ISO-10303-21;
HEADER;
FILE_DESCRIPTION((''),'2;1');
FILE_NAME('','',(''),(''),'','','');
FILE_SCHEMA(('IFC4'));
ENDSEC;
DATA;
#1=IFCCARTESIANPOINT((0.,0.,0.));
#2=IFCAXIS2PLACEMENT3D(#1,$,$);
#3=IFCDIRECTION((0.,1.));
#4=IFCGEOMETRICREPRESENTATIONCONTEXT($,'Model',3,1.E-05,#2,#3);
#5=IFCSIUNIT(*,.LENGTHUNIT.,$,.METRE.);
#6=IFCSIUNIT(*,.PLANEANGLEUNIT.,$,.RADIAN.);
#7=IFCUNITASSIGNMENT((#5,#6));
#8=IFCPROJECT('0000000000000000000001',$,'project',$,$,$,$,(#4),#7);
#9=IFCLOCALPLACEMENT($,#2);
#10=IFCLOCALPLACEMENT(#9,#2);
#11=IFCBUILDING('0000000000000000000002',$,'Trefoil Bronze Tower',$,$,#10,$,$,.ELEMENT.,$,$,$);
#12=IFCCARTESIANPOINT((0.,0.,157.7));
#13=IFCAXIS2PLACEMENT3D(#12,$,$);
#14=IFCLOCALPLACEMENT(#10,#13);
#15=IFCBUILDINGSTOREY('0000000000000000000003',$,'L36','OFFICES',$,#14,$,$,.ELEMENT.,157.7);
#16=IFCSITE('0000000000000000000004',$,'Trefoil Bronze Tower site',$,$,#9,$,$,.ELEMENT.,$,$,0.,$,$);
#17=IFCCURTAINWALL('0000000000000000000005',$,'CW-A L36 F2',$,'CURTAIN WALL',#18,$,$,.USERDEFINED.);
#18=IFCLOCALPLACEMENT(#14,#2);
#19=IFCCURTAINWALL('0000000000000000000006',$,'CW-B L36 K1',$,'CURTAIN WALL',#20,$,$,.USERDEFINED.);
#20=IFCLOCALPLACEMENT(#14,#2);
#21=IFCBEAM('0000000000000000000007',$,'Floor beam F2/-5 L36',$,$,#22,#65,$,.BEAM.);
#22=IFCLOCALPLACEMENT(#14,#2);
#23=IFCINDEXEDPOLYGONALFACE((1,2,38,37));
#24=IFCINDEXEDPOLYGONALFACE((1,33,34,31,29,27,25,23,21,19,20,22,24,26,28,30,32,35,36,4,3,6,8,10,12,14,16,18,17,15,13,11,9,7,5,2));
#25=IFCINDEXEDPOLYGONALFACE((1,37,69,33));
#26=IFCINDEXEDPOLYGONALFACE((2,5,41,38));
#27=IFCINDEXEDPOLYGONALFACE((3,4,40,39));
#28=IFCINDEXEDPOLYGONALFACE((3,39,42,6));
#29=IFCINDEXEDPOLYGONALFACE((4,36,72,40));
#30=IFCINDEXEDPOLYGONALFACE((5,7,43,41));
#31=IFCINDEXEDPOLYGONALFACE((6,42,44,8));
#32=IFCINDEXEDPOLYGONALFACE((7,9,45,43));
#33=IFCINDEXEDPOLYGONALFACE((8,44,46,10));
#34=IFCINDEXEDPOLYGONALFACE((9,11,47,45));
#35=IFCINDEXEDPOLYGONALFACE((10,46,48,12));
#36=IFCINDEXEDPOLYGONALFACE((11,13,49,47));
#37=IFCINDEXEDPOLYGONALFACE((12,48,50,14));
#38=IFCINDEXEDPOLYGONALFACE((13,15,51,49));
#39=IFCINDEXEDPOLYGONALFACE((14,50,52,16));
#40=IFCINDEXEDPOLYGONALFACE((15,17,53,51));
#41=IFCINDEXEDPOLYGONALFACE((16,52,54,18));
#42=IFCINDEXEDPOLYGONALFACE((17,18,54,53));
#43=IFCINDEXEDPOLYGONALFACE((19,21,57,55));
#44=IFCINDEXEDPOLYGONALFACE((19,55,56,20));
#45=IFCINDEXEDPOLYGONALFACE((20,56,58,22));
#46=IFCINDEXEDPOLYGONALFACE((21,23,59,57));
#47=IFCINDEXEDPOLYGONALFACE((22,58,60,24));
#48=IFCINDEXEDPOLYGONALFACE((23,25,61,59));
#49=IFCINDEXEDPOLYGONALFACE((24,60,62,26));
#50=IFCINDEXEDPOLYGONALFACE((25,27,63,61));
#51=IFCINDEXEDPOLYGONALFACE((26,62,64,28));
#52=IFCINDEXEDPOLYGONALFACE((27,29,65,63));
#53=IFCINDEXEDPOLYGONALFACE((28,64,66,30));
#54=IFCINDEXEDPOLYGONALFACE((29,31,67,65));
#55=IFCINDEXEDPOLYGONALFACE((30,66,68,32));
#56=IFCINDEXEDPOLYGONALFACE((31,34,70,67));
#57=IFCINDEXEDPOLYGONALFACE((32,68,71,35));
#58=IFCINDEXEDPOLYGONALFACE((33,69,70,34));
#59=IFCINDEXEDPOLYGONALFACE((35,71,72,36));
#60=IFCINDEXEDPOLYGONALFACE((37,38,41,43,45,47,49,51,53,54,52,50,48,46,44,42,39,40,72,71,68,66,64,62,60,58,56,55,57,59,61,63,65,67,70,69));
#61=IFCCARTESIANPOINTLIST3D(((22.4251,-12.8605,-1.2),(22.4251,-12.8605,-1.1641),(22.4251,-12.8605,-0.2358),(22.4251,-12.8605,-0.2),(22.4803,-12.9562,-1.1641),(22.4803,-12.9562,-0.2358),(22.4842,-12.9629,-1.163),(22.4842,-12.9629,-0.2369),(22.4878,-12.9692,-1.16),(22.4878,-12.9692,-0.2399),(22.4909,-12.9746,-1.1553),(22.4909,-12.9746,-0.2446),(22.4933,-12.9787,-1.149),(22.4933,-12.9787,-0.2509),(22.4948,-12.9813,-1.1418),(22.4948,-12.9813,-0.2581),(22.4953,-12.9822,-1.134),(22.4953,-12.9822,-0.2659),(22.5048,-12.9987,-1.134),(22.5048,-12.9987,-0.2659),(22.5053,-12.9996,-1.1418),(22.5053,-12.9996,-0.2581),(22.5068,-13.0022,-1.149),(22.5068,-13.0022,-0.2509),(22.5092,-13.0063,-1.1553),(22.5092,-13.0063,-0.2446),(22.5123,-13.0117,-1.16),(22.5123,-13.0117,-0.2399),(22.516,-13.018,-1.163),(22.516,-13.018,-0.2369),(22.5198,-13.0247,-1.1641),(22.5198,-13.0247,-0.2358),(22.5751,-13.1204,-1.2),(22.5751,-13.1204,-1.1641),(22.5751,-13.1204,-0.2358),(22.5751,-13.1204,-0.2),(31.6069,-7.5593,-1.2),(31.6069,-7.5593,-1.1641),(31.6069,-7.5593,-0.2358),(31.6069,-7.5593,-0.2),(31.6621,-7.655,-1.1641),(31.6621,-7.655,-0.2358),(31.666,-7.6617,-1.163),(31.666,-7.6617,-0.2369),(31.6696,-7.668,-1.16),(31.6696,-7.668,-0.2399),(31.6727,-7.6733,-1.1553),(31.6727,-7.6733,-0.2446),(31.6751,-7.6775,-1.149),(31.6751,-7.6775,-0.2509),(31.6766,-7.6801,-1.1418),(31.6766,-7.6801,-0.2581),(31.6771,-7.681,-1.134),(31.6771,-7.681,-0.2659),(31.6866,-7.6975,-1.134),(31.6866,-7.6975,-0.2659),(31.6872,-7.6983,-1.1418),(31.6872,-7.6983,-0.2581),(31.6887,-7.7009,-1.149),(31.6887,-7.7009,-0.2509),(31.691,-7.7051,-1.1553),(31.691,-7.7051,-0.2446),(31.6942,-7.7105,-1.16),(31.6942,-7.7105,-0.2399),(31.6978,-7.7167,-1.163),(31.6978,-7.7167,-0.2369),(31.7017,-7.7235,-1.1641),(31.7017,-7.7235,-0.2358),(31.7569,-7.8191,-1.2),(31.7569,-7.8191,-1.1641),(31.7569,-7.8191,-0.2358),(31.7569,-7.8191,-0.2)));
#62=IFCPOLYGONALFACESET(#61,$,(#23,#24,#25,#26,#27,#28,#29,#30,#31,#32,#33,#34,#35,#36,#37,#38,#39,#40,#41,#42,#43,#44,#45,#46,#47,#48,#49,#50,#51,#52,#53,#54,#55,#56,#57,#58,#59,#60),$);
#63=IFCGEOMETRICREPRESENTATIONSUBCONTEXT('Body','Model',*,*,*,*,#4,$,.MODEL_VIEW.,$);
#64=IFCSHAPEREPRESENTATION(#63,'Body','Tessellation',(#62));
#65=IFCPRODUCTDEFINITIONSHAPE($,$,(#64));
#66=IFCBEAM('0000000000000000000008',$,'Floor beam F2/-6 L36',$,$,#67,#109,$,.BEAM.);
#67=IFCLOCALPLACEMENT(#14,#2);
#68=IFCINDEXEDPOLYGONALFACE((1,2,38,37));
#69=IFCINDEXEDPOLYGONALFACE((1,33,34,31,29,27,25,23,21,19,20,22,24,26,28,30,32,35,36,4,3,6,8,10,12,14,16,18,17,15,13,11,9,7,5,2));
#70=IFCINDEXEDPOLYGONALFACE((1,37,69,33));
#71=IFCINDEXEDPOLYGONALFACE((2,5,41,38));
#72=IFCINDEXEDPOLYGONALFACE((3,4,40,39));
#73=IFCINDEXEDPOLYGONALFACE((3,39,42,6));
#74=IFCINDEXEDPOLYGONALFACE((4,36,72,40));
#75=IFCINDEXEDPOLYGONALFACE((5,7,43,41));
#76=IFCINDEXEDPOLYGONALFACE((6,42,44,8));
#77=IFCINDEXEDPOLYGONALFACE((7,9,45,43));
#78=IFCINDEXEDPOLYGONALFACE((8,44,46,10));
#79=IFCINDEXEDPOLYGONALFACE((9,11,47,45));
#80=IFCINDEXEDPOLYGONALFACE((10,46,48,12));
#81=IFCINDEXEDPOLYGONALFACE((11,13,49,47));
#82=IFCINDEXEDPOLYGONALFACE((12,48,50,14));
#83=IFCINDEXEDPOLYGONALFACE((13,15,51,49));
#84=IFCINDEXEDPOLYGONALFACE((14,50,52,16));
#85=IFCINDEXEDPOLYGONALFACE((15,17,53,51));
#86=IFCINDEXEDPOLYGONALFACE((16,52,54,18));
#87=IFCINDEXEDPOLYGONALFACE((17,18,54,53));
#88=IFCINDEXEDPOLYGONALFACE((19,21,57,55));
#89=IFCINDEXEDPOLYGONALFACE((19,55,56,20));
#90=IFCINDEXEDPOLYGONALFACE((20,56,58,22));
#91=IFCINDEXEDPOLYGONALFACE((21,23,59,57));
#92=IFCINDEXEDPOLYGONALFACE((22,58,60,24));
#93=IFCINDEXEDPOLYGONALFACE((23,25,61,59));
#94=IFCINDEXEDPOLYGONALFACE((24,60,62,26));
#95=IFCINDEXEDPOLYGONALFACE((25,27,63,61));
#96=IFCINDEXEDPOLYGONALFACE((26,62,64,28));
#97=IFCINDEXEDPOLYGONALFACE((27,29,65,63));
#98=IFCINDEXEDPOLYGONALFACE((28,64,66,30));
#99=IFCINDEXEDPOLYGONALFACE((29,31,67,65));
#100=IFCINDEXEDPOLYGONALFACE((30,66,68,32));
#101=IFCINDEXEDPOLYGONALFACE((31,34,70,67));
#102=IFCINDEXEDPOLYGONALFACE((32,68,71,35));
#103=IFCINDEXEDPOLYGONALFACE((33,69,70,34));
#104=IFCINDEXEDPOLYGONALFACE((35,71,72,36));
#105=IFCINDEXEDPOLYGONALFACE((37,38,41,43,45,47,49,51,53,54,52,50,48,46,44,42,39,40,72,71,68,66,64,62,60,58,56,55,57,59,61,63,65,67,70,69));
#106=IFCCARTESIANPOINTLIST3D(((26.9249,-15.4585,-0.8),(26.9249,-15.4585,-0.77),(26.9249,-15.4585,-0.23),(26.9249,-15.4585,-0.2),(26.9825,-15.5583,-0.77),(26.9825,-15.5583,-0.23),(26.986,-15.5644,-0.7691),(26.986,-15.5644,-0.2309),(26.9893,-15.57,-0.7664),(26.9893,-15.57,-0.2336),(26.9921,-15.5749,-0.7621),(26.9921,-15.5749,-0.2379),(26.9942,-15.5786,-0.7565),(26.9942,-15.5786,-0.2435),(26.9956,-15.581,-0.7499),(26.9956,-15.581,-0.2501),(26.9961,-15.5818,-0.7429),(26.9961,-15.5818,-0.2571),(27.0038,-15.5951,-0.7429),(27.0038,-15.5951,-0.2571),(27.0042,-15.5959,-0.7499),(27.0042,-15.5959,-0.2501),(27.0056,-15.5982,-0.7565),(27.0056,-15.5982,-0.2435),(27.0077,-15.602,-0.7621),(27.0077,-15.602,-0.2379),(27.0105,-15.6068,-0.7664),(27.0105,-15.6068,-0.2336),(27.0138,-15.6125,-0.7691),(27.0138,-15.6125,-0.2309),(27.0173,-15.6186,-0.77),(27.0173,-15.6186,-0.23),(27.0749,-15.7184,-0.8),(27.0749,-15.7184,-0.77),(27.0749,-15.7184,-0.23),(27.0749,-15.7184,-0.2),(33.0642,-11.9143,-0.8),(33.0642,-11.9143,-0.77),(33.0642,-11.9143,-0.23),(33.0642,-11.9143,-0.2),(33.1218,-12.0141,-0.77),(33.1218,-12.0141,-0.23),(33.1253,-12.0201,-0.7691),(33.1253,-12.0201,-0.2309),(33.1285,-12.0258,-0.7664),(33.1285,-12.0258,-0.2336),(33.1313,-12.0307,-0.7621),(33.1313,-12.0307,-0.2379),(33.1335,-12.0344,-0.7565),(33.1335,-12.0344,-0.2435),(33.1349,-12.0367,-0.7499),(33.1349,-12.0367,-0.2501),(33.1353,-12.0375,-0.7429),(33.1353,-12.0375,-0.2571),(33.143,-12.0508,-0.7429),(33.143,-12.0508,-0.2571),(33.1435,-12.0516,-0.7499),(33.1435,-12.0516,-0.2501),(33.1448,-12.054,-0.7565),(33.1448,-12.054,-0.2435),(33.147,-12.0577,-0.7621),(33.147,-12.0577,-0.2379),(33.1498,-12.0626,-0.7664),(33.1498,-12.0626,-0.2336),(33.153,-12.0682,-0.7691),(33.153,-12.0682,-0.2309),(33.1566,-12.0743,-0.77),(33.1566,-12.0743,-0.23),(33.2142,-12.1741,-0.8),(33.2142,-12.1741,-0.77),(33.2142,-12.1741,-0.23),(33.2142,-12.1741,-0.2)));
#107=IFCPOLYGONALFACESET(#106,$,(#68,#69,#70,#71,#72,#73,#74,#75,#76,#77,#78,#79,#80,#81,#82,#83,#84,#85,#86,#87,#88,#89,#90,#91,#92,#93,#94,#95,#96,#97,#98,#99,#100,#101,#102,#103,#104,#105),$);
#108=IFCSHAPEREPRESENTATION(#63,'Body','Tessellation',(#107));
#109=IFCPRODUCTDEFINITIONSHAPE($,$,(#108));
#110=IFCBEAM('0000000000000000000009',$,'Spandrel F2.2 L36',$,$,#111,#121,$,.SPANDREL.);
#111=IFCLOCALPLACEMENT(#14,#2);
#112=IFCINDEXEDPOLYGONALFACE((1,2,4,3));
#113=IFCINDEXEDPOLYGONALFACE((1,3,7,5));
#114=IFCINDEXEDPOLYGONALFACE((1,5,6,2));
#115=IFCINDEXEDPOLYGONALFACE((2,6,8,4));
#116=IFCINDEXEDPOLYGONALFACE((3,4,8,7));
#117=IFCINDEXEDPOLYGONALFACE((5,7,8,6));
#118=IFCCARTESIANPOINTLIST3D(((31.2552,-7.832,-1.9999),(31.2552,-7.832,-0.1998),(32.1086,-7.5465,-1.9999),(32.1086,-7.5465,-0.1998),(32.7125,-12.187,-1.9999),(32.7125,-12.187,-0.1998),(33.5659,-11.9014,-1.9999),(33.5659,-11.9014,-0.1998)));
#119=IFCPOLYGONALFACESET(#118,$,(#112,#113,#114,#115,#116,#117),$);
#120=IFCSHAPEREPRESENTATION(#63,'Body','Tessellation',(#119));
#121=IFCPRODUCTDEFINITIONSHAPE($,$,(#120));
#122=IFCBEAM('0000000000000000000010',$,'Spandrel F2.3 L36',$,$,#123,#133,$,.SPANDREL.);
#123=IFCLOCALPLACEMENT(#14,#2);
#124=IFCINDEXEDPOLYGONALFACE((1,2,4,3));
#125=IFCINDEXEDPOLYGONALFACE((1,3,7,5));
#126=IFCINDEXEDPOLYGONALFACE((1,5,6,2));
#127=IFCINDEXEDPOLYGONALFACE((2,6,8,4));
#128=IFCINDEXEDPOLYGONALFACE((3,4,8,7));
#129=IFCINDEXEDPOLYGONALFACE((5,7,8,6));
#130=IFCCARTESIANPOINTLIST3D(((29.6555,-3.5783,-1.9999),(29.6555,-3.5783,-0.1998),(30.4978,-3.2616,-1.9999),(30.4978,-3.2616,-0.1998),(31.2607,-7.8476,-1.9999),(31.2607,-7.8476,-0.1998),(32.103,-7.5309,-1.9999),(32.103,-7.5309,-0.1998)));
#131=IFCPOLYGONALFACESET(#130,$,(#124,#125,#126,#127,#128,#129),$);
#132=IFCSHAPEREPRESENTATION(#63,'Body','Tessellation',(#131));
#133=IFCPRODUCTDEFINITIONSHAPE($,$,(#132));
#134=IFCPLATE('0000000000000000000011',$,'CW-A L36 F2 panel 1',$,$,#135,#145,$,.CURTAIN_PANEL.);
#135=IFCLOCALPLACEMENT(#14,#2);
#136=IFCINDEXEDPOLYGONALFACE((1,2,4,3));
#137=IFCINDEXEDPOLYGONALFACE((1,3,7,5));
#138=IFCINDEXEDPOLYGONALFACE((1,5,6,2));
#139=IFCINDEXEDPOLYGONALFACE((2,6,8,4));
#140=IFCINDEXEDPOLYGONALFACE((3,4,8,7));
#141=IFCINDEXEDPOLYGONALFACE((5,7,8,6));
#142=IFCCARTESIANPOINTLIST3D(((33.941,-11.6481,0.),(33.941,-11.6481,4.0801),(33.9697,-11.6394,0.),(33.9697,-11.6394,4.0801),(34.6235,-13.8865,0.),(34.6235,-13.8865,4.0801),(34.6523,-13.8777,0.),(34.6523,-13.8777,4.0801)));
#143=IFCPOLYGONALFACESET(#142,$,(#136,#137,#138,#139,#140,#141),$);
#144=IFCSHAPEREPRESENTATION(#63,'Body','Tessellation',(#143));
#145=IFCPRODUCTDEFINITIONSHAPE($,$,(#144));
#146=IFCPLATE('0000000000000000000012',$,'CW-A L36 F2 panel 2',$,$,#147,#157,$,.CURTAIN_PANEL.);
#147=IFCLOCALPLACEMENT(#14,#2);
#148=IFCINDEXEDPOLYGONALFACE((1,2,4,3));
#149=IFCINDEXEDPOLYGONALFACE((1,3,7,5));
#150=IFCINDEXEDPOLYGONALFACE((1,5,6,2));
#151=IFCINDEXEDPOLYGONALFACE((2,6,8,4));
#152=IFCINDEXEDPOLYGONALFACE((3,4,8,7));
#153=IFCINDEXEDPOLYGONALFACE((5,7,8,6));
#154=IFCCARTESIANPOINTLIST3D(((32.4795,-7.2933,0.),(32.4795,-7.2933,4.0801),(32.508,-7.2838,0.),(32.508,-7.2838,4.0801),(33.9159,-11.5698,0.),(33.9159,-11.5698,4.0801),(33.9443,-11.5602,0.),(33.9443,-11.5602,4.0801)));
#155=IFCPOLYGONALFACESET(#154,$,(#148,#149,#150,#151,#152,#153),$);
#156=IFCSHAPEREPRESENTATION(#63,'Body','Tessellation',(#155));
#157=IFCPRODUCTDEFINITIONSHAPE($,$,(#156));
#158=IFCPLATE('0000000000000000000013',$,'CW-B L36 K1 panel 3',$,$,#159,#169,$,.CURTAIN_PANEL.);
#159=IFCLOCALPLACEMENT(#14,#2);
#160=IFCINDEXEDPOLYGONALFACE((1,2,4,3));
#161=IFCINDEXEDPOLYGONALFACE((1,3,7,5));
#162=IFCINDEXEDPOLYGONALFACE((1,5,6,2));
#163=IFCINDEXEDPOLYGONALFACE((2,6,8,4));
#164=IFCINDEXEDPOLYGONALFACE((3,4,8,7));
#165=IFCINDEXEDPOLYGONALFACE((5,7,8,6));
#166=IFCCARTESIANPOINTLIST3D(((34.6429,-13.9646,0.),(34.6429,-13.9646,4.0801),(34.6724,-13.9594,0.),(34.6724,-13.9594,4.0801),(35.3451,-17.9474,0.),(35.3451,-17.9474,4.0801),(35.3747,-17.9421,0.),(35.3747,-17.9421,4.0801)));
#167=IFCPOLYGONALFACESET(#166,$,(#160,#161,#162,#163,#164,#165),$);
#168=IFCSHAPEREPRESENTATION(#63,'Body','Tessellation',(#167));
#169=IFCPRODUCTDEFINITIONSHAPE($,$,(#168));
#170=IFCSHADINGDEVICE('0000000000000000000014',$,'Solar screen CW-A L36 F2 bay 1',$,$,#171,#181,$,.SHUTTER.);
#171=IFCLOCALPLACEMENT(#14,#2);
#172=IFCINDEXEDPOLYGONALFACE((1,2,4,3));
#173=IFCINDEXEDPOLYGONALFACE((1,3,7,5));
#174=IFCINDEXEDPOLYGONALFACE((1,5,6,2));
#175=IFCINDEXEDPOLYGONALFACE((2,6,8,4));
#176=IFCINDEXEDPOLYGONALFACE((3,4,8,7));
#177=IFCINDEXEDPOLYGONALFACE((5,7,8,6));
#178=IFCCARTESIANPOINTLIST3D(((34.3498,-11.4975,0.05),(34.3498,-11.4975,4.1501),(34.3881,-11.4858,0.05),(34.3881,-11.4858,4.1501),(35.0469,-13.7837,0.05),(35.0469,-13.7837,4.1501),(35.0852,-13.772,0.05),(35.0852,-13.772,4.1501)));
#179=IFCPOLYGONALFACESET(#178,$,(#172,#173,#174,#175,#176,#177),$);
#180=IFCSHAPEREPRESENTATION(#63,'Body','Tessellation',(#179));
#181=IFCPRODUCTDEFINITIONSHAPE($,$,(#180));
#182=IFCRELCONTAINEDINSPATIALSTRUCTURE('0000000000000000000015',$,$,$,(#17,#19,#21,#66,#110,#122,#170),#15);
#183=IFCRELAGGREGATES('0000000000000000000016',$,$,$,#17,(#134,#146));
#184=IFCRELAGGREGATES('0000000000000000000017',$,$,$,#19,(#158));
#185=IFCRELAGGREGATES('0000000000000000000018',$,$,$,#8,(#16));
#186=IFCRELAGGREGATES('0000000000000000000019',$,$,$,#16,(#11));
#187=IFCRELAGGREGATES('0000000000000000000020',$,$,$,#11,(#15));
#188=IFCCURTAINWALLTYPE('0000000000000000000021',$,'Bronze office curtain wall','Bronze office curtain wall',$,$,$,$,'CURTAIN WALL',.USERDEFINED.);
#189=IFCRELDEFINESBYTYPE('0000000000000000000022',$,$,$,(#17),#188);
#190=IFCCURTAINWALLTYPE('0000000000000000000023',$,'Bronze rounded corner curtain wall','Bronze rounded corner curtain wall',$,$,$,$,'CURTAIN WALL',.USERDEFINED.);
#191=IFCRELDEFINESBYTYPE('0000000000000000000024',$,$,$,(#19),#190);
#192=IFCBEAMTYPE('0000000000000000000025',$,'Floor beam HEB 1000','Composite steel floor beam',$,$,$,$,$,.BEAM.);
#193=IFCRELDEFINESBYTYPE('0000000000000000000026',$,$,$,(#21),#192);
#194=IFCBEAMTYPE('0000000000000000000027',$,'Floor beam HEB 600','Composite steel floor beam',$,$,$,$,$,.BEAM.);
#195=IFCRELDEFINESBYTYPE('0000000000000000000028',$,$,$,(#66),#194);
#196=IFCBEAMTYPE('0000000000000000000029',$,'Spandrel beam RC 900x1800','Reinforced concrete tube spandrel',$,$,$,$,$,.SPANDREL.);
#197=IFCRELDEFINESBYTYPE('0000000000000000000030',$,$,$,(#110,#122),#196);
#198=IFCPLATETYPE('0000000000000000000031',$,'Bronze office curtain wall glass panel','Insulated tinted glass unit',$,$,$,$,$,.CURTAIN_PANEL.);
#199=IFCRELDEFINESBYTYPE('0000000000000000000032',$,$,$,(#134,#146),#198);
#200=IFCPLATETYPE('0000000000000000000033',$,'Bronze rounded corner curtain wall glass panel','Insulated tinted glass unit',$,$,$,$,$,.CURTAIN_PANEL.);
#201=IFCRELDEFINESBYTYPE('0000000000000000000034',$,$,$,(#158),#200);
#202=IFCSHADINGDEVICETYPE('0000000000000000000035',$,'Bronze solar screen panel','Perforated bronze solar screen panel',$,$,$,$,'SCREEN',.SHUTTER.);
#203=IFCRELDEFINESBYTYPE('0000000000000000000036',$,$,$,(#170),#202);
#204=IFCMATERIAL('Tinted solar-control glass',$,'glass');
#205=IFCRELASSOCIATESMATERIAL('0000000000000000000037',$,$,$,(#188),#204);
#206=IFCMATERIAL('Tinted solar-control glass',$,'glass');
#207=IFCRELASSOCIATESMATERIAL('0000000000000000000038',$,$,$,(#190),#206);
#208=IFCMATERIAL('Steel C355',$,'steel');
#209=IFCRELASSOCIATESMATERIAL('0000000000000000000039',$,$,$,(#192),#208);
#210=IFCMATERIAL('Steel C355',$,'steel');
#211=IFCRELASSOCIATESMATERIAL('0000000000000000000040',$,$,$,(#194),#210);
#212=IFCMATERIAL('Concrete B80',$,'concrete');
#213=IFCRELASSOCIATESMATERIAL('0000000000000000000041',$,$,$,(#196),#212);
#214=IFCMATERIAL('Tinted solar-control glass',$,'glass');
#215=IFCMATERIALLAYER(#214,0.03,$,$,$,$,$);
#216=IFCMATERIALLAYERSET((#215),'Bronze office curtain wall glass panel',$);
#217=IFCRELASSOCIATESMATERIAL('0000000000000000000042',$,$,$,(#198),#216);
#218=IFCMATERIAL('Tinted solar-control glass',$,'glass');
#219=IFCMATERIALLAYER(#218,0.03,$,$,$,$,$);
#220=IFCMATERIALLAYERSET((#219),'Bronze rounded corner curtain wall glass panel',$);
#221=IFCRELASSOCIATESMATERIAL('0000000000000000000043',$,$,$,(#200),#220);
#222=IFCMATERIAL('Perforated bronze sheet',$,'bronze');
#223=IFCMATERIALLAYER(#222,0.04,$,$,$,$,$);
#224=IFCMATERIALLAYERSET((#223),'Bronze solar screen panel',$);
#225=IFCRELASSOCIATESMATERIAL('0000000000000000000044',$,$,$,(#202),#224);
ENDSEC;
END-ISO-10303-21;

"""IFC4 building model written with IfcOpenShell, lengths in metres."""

from ifc_helpers import new_model, si_unit, direction, frame, origin, origin_2d, place, context, subcontext, project, spatial, rectangle, i_section, extrude, material, layer, layer_set, material_profile, profile_set, type_object, element, aggregate, save


model = new_model("IFC4")

# Units and contexts
model_context = context("Model", 3, precision=1e-05, world=origin(), true_north=direction((0.0, 1.0)))
body_context = subcontext(model_context, "Body", "Model", "MODEL_VIEW")
ifc_project = project(units=[si_unit("LENGTHUNIT", "METRE"), si_unit("PLANEANGLEUNIT", "RADIAN")], contexts=[model_context])

# Site, building, storey
site_placement = place(None, origin())
site = spatial("IfcSite", under=ifc_project, at=site_placement, Name="Trefoil Bronze Tower site", CompositionType="ELEMENT", RefElevation=0.0)
building_placement = place(site_placement, origin())
building = spatial("IfcBuilding", under=site, at=building_placement, Name="Trefoil Bronze Tower", CompositionType="ELEMENT")
storey_placement = place(building_placement, frame((0.0, 0.0, 157.7)))
storey = spatial("IfcBuildingStorey", under=building, at=storey_placement, Name="L36", Description="OFFICES", CompositionType="ELEMENT", Elevation=157.7)

# Curtain wall
ifc_material_1 = material(Name="Tinted solar-control glass", Category="glass")
curtain_wall_type_1 = type_object("IfcCurtainWallType", Name="Bronze office curtain wall", Description="Bronze office curtain wall", ElementType="CURTAIN WALL", PredefinedType="USERDEFINED", material=ifc_material_1)
curtain_wall_1_placement = place(storey_placement, origin())
curtain_wall_1 = element("IfcCurtainWall", 1, at=curtain_wall_1_placement, inside=storey, type_object=curtain_wall_type_1, Name="CW-A L36 F2", ObjectType="CURTAIN WALL", PredefinedType="USERDEFINED")

# Curtain wall
ifc_material_2 = material(Name="Tinted solar-control glass", Category="glass")
curtain_wall_type_2 = type_object("IfcCurtainWallType", Name="Bronze rounded corner curtain wall", Description="Bronze rounded corner curtain wall", ElementType="CURTAIN WALL", PredefinedType="USERDEFINED", material=ifc_material_2)
curtain_wall_2_placement = place(storey_placement, origin())
curtain_wall_2 = element("IfcCurtainWall", 2, at=curtain_wall_2_placement, inside=storey, type_object=curtain_wall_type_2, Name="CW-B L36 K1", ObjectType="CURTAIN WALL", PredefinedType="USERDEFINED")

# Beams
ifc_material_3 = material(Name="Steel C355", Category="steel")
ifc_material_profile_1 = material_profile(ifc_material_3, i_section(OverallWidth=0.3, OverallDepth=1.0, WebThickness=0.019, FlangeThickness=0.0359, FilletRadius=0.03, at=origin_2d()), Name="HEB 1000")
ifc_profile_set_1 = profile_set([ifc_material_profile_1], Name="Steel C355")
beam_type_1 = type_object("IfcBeamType", Name="Floor beam HEB 1000", Description="Composite steel floor beam", PredefinedType="BEAM", material=ifc_profile_set_1)
beam_1_placement = place(storey_placement, frame((31.6819, -7.6892, -0.7), z_axis=(-0.866021, -0.500007, 0.0), x_axis=(0.500007, -0.866021, 0.0)))
element("IfcBeam", 3, at=beam_1_placement, inside=storey, type_object=beam_type_1, Name="Floor beam F2/-5 L36", PredefinedType="BEAM", context=body_context, shape_type="SweptSolid", body=[
    extrude(i_section(OverallWidth=0.3, OverallDepth=1.0, WebThickness=0.019, FlangeThickness=0.0359, FilletRadius=0.03, at=origin_2d()), origin(), (0.0, 0.0, 1.0), 10.6023),
])
ifc_material_4 = material(Name="Steel C355", Category="steel")
ifc_material_profile_2 = material_profile(ifc_material_4, i_section(OverallWidth=0.3, OverallDepth=0.6001, WebThickness=0.0154, FlangeThickness=0.03, FilletRadius=0.0271, at=origin_2d()), Name="HEB 600")
ifc_profile_set_2 = profile_set([ifc_material_profile_2], Name="Steel C355")
beam_type_2 = type_object("IfcBeamType", Name="Floor beam HEB 600", Description="Composite steel floor beam", PredefinedType="BEAM", material=ifc_profile_set_2)
beam_2_placement = place(storey_placement, frame((33.1392, -12.0442, -0.5), z_axis=(-0.866041, -0.499973, 0.0), x_axis=(0.499973, -0.866041, 0.0)))
element("IfcBeam", 4, at=beam_2_placement, inside=storey, type_object=beam_type_2, Name="Floor beam F2/-6 L36", PredefinedType="BEAM", context=body_context, shape_type="SweptSolid", body=[
    extrude(i_section(OverallWidth=0.3, OverallDepth=0.6001, WebThickness=0.0154, FlangeThickness=0.03, FilletRadius=0.0271, at=origin_2d()), origin(), (0.0, 0.0, 1.0), 7.0889),
])
ifc_material_5 = material(Name="Concrete B80", Category="concrete")
ifc_material_profile_3 = material_profile(ifc_material_5, rectangle(XDim=0.8999, YDim=1.8, at=origin_2d()), Name="RC 900x1800")
ifc_profile_set_3 = profile_set([ifc_material_profile_3], Name="Concrete B80")
beam_type_3 = type_object("IfcBeamType", Name="Spandrel beam RC 900x1800", Description="Reinforced concrete tube spandrel", PredefinedType="SPANDREL", material=ifc_profile_set_3)
beam_3_placement = place(storey_placement, frame((33.1392, -12.0442, -1.0999), z_axis=(-0.317328, 0.948316, 0.0), x_axis=(-0.948316, -0.317328, 0.0)))
element("IfcBeam", 5, at=beam_3_placement, inside=storey, type_object=beam_type_3, Name="Spandrel F2.2 L36", PredefinedType="SPANDREL", context=body_context, shape_type="SweptSolid", body=[
    extrude(rectangle(XDim=0.8999, YDim=1.8, at=origin_2d()), origin(), (0.0, 0.0, 1.0), 4.5923),
])
beam_4_placement = place(storey_placement, frame((31.6819, -7.6892, -1.0999), z_axis=(-0.351939, 0.936023, 0.0), x_axis=(-0.936023, -0.351939, 0.0)))
element("IfcBeam", 6, at=beam_4_placement, inside=storey, type_object=beam_type_3, Name="Spandrel F2.3 L36", PredefinedType="SPANDREL", context=body_context, shape_type="SweptSolid", body=[
    extrude(rectangle(XDim=0.8999, YDim=1.8, at=origin_2d()), origin(), (0.0, 0.0, 1.0), 4.561),
])

# Plates
ifc_material_6 = material(Name="Tinted solar-control glass", Category="glass")
ifc_layer_1 = layer(ifc_material_6, 0.03)
ifc_layer_set_1 = layer_set([ifc_layer_1], Name="Bronze office curtain wall glass panel")
plate_type_1 = type_object("IfcPlateType", Name="Bronze office curtain wall glass panel", Description="Insulated tinted glass unit", PredefinedType="CURTAIN_PANEL", material=ifc_layer_set_1)
plate_1_placement = place(storey_placement, frame((34.2966, -12.7629, 0.0), z_axis=(0.0, 0.0, 1.0), x_axis=(-0.291669, 0.956519, 0.0)))
plate_1 = element("IfcPlate", 7, at=plate_1_placement, type_object=plate_type_1, Name="CW-A L36 F2 panel 1", PredefinedType="CURTAIN_PANEL", context=body_context, shape_type="SweptSolid", body=[
    extrude(rectangle(XDim=2.3401, YDim=0.03, at=origin_2d()), origin(), (0.0, 0.0, 1.0), 4.0801),
])
plate_2_placement = place(storey_placement, frame((33.2119, -9.4268, 0.0), z_axis=(0.0, 0.0, 1.0), x_axis=(-0.318404, 0.947955, 0.0)))
plate_2 = element("IfcPlate", 8, at=plate_2_placement, type_object=plate_type_1, Name="CW-A L36 F2 panel 2", PredefinedType="CURTAIN_PANEL", context=body_context, shape_type="SweptSolid", body=[
    extrude(rectangle(XDim=4.5112, YDim=0.03, at=origin_2d()), origin(), (0.0, 0.0, 1.0), 4.0801),
])
aggregate(curtain_wall_1, [plate_1, plate_2])
ifc_material_7 = material(Name="Tinted solar-control glass", Category="glass")
ifc_layer_2 = layer(ifc_material_7, 0.03)
ifc_layer_set_2 = layer_set([ifc_layer_2], Name="Bronze rounded corner curtain wall glass panel")
plate_type_2 = type_object("IfcPlateType", Name="Bronze rounded corner curtain wall glass panel", Description="Insulated tinted glass unit", PredefinedType="CURTAIN_PANEL", material=ifc_layer_set_2)
plate_3_placement = place(storey_placement, frame((35.0088, -15.9534, 0.0), z_axis=(0.0, 0.0, 1.0), x_axis=(-0.173648, 0.984808, 0.0)))
plate_3 = element("IfcPlate", 9, at=plate_3_placement, type_object=plate_type_2, Name="CW-B L36 K1 panel 3", PredefinedType="CURTAIN_PANEL", context=body_context, shape_type="SweptSolid", body=[
    extrude(rectangle(XDim=4.0442, YDim=0.03, at=origin_2d()), origin(), (0.0, 0.0, 1.0), 4.0801),
])
aggregate(curtain_wall_2, [plate_3])

# Shading device
ifc_material_8 = material(Name="Perforated bronze sheet", Category="bronze")
ifc_layer_3 = layer(ifc_material_8, 0.04)
ifc_layer_set_3 = layer_set([ifc_layer_3], Name="Bronze solar screen panel")
shading_device_type = type_object("IfcShadingDeviceType", Name="Bronze solar screen panel", Description="Perforated bronze solar screen panel", ElementType="SCREEN", PredefinedType="SHUTTER", material=ifc_layer_set_3)
shading_device_1_placement = place(storey_placement, frame((34.7175, -12.6348, 0.05), z_axis=(0.0, 0.0, 1.0), x_axis=(-0.291669, 0.956519, 0.0)))
element("IfcShadingDevice", 10, at=shading_device_1_placement, inside=storey, type_object=shading_device_type, Name="Solar screen CW-A L36 F2 bay 1", PredefinedType="SHUTTER", context=body_context, shape_type="SweptSolid", body=[
    extrude(rectangle(XDim=2.3901, YDim=0.04, at=origin_2d()), origin(), (0.0, 0.0, 1.0), 4.1001),
])

save(model, "model.ifc")
